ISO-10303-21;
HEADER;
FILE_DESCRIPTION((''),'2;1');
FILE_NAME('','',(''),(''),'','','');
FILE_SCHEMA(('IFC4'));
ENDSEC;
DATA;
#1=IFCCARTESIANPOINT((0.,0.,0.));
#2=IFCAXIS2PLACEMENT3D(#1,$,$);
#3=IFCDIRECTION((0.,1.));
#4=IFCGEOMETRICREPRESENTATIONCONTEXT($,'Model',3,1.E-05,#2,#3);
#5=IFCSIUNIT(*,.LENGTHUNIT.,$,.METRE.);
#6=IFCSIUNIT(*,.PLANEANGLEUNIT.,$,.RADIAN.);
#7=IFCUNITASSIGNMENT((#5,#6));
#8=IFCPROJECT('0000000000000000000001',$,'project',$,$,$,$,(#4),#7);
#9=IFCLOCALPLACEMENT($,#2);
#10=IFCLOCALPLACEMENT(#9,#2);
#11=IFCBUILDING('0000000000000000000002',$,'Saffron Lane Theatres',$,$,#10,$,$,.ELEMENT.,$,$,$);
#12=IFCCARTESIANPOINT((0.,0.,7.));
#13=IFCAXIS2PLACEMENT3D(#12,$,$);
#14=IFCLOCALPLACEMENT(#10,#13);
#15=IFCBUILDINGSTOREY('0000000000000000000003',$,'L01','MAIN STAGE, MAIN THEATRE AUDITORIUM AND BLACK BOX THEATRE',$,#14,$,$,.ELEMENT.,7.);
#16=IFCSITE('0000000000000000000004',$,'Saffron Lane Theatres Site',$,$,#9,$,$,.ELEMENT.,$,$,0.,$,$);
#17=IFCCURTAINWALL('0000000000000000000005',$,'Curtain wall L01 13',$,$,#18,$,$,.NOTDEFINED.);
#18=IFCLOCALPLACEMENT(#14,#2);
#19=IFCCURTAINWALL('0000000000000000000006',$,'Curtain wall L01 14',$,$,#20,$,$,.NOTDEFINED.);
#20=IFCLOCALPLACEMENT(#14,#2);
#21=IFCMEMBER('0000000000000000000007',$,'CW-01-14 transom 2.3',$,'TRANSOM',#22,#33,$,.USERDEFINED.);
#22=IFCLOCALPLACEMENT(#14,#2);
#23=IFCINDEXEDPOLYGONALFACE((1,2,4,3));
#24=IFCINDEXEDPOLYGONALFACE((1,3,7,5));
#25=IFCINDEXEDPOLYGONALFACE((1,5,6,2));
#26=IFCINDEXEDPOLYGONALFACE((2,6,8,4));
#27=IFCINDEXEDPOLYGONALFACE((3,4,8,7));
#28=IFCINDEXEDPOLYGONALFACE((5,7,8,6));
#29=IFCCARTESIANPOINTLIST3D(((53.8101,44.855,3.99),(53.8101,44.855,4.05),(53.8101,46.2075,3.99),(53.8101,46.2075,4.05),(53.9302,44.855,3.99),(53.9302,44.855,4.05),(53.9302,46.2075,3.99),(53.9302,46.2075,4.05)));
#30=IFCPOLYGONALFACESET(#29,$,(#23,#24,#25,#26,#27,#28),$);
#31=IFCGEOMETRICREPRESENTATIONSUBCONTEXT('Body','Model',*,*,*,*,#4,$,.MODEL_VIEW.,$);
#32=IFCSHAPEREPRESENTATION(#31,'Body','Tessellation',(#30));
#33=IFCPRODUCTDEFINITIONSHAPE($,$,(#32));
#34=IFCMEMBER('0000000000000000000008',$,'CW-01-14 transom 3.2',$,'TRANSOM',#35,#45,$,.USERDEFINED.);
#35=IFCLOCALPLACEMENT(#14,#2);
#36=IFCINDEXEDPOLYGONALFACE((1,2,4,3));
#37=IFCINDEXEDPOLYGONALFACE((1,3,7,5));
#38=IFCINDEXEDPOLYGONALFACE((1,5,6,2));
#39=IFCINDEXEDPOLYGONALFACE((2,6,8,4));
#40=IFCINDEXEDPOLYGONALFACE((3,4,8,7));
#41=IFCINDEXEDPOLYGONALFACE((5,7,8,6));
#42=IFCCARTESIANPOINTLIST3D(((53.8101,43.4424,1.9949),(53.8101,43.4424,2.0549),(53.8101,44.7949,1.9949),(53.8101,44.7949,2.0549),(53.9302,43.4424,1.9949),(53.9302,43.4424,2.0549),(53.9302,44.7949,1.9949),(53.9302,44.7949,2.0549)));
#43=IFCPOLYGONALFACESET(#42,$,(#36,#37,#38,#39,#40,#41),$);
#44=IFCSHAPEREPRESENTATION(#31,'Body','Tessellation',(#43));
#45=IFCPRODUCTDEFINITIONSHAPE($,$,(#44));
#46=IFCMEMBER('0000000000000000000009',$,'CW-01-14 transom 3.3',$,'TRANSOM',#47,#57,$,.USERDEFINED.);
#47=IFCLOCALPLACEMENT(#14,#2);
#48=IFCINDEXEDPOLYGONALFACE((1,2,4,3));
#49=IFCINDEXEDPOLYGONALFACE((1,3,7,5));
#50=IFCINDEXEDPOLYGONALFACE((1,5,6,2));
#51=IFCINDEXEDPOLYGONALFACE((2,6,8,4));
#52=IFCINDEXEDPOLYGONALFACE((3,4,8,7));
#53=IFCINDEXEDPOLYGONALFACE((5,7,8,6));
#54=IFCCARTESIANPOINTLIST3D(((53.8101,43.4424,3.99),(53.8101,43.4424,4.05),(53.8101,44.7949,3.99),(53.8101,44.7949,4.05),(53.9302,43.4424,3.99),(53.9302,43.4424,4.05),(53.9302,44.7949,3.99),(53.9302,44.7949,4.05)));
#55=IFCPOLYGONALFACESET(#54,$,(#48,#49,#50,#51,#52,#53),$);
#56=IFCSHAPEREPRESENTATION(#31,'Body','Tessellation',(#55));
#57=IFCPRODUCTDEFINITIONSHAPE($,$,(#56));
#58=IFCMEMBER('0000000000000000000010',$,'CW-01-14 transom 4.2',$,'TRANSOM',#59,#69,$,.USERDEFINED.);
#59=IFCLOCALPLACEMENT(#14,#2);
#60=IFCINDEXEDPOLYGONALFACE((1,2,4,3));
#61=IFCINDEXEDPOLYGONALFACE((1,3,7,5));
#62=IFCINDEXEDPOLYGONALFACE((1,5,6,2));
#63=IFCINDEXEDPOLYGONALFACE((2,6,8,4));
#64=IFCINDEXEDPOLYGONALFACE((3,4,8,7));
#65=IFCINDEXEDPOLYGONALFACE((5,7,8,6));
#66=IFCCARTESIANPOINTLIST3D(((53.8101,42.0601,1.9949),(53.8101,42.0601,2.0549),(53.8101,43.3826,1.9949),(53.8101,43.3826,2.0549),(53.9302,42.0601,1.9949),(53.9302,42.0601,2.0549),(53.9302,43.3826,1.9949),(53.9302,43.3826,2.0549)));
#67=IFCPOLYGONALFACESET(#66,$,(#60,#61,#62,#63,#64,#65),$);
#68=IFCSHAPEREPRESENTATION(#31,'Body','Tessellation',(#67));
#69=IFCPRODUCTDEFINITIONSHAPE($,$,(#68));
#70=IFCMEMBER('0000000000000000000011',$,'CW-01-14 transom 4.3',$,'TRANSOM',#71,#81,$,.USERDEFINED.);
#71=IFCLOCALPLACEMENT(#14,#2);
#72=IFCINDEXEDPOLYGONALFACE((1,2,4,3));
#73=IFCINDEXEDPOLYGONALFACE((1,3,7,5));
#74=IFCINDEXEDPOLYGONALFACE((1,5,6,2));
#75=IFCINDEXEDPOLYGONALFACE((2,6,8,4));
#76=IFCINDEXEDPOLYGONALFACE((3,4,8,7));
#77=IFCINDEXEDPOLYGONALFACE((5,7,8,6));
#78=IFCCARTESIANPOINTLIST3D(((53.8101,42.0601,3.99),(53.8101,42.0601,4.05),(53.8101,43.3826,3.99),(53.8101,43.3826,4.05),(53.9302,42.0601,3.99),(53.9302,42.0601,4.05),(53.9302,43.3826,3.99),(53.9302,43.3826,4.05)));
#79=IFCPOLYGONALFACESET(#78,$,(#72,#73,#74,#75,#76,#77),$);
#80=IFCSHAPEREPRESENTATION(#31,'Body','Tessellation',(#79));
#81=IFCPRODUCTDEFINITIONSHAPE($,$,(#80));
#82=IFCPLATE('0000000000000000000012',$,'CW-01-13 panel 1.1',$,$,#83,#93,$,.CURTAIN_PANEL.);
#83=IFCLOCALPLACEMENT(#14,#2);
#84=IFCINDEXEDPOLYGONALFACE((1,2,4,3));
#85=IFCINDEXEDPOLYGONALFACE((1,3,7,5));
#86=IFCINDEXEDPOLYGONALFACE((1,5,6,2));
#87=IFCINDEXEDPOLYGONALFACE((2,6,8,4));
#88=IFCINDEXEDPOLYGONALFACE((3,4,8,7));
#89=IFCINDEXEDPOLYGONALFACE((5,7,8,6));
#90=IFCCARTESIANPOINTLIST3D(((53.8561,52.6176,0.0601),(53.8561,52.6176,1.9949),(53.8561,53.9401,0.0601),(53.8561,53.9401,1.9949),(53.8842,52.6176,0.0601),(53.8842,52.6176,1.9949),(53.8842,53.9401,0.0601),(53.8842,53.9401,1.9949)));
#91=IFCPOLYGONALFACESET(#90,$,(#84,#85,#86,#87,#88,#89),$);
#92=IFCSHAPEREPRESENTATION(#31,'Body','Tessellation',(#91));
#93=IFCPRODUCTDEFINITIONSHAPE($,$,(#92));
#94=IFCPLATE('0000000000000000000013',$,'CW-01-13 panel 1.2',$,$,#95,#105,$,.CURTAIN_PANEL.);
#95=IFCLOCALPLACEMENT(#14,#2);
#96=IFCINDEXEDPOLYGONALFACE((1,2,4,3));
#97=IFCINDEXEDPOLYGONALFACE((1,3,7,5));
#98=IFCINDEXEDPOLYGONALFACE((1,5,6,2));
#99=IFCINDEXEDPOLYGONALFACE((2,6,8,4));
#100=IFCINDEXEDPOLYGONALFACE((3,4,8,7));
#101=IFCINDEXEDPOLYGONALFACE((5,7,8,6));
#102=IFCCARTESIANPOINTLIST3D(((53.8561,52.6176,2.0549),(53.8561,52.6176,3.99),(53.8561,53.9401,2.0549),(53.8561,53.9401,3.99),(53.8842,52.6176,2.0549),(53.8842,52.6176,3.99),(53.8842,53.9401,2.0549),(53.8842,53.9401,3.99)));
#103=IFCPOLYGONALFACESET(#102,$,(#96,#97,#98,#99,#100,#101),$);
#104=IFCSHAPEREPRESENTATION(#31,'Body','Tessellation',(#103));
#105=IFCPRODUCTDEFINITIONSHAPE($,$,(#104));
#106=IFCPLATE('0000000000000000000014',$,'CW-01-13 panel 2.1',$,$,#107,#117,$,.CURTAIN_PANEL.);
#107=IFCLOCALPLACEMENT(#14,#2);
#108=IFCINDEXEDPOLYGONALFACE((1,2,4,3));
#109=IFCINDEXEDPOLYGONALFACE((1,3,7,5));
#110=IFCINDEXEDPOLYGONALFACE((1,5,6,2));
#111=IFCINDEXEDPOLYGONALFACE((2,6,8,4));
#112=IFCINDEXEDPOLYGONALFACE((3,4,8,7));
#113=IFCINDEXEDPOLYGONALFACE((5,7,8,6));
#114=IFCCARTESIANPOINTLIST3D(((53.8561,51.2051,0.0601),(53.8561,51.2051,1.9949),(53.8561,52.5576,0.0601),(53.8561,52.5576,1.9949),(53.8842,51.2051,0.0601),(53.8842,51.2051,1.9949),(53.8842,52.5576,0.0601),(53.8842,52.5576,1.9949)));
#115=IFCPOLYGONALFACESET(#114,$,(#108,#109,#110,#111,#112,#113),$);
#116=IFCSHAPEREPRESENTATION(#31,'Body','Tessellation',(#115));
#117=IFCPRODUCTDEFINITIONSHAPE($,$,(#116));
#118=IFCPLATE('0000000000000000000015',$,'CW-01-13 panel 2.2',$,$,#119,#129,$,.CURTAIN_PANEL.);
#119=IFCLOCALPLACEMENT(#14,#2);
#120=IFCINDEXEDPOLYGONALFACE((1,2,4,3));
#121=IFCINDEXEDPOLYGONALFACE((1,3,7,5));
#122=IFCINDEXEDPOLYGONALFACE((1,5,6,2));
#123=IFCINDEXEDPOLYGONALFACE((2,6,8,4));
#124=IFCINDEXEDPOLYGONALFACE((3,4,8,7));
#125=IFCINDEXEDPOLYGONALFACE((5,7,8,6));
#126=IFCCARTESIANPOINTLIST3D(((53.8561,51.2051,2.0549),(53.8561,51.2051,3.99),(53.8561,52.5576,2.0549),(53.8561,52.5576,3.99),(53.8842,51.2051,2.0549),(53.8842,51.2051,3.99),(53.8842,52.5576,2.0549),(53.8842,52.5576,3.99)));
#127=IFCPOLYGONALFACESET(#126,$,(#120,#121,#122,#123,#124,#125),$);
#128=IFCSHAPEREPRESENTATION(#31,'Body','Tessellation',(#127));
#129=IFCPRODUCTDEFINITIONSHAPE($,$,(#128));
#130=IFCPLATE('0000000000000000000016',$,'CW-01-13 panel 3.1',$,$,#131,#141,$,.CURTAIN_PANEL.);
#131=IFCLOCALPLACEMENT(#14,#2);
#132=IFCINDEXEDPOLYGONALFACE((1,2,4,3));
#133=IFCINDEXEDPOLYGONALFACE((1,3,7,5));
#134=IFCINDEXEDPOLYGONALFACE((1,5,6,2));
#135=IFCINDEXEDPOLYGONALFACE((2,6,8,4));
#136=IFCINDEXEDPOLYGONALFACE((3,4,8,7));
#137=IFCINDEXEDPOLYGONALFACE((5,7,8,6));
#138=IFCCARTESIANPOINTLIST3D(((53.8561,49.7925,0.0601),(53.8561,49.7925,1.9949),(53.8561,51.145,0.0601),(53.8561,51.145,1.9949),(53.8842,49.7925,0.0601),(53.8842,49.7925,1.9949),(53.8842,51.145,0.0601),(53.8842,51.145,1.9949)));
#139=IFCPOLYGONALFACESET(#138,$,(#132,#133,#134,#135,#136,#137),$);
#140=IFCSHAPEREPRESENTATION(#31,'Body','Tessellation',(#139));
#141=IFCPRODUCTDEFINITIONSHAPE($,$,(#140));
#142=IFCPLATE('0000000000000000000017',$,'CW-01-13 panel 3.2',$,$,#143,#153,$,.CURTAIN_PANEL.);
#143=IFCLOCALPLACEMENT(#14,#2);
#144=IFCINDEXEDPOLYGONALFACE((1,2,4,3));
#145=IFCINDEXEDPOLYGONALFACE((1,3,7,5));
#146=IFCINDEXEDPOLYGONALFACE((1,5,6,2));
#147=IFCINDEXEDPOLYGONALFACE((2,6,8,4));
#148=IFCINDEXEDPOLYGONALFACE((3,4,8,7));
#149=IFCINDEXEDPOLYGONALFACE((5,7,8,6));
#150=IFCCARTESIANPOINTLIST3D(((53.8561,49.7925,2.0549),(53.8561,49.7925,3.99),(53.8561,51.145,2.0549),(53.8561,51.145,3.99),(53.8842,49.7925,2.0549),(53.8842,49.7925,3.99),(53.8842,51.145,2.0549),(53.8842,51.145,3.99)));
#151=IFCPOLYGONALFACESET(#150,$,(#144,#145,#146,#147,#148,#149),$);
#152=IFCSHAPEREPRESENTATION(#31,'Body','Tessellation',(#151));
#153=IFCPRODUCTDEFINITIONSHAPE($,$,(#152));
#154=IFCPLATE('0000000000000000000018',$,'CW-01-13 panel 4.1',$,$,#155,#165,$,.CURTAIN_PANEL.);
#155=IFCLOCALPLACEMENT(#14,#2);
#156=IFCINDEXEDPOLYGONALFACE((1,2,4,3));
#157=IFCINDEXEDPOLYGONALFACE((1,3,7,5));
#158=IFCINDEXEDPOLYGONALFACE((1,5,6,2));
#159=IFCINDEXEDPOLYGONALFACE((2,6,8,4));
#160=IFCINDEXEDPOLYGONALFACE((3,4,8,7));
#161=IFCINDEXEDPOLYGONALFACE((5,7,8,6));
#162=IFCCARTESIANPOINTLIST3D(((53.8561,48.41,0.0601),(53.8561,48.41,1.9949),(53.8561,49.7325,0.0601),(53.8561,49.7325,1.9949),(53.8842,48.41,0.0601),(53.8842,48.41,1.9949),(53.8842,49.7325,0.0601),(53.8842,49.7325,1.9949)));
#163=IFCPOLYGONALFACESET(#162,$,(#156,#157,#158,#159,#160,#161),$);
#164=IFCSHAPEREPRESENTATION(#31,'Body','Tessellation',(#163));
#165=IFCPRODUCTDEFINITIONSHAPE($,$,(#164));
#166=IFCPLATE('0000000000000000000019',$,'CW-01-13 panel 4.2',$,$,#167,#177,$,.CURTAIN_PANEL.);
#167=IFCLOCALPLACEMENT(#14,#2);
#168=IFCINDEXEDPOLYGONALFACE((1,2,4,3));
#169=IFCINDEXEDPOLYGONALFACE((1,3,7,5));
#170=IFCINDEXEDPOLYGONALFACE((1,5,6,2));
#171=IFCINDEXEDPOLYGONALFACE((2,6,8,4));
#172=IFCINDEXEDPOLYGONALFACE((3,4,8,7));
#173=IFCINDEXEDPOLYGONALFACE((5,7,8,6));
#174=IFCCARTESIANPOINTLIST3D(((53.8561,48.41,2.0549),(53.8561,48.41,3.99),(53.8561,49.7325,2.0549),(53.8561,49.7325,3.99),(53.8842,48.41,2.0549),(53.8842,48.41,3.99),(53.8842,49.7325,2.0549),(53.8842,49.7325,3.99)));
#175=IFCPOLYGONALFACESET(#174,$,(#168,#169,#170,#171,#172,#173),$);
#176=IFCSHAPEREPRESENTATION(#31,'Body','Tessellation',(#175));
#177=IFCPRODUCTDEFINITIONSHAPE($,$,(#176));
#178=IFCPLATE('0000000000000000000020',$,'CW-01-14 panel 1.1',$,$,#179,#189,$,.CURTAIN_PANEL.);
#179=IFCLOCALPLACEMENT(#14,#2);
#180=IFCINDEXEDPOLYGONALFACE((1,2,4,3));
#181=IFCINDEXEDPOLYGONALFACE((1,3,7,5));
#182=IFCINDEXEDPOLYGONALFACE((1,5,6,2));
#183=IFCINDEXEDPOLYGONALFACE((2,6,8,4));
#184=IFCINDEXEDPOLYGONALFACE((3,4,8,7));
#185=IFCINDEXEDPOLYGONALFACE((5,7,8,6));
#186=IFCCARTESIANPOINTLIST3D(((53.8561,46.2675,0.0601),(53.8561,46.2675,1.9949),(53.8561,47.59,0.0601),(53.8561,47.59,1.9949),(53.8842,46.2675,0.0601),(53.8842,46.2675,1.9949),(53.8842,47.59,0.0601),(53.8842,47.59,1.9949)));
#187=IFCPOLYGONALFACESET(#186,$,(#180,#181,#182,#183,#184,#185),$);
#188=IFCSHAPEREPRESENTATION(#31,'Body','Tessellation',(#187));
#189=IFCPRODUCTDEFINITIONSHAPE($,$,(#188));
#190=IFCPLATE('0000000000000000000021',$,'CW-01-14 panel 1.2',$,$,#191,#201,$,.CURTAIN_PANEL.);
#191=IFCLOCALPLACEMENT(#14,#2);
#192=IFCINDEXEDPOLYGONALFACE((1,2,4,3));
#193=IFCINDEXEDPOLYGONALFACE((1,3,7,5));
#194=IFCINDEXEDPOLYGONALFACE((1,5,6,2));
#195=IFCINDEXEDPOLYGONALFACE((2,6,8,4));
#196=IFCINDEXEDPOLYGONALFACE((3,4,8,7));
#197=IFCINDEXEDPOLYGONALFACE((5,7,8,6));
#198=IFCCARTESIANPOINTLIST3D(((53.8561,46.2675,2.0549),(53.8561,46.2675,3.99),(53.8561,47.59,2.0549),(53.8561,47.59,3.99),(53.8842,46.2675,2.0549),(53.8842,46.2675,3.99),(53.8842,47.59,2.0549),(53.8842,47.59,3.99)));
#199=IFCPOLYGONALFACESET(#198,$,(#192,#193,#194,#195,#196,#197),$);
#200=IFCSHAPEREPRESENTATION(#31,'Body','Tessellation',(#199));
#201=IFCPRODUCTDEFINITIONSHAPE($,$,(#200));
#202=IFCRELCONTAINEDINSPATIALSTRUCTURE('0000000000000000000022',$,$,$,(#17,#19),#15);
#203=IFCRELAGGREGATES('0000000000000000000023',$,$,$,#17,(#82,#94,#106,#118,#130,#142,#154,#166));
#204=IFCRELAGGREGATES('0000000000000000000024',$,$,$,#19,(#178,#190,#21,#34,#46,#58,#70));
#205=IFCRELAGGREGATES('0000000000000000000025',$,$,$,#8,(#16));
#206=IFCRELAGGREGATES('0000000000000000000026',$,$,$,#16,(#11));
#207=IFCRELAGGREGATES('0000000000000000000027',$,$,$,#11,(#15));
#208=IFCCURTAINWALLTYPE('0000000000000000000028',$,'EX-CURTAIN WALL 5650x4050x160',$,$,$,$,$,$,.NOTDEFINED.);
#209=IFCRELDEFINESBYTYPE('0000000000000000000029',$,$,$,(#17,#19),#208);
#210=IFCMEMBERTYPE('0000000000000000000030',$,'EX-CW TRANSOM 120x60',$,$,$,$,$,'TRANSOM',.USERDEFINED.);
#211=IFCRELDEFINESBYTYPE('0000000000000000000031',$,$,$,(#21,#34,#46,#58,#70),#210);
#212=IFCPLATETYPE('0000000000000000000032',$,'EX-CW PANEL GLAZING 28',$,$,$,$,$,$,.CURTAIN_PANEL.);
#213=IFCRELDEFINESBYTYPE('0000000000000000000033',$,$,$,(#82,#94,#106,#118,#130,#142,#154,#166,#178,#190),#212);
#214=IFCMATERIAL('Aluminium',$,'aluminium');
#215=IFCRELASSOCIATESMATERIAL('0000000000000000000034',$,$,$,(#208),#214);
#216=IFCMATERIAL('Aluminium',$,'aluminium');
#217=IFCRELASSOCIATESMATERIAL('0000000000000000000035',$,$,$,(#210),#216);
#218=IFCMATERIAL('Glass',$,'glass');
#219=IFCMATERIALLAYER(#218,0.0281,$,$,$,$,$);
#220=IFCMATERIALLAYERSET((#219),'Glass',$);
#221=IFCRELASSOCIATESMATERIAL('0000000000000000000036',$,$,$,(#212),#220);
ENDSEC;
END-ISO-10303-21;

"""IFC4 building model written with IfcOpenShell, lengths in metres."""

from ifc_helpers import new_model, si_unit, direction, frame, origin, origin_2d, place, context, subcontext, project, spatial, rectangle, extrude, material, layer, layer_set, material_profile, profile_set, type_object, element, aggregate, save


model = new_model("IFC4")

# Units and contexts
model_context = context("Model", 3, precision=1e-05, world=origin(), true_north=direction((0.0, 1.0)))
body_context = subcontext(model_context, "Body", "Model", "MODEL_VIEW")
ifc_project = project(units=[si_unit("LENGTHUNIT", "METRE"), si_unit("PLANEANGLEUNIT", "RADIAN")], contexts=[model_context])

# Site, building, storey
site_placement = place(None, origin())
site = spatial("IfcSite", under=ifc_project, at=site_placement, Name="Saffron Lane Theatres Site", CompositionType="ELEMENT", RefElevation=0.0)
building_placement = place(site_placement, origin())
building = spatial("IfcBuilding", under=site, at=building_placement, Name="Saffron Lane Theatres", CompositionType="ELEMENT")
storey_placement = place(building_placement, frame((0.0, 0.0, 7.0)))
storey = spatial("IfcBuildingStorey", under=building, at=storey_placement, Name="L01", Description="MAIN STAGE, MAIN THEATRE AUDITORIUM AND BLACK BOX THEATRE", CompositionType="ELEMENT", Elevation=7.0)

# Curtain walls, members
ifc_material_1 = material(Name="Aluminium", Category="aluminium")
curtain_wall_type = type_object("IfcCurtainWallType", Name="EX-CURTAIN WALL 5650x4050x160", PredefinedType="NOTDEFINED", material=ifc_material_1)
curtain_wall_1_placement = place(storey_placement, origin())
curtain_wall_1 = element("IfcCurtainWall", 1, at=curtain_wall_1_placement, inside=storey, type_object=curtain_wall_type, Name="Curtain wall L01 13", PredefinedType="NOTDEFINED")
ifc_material_2 = material(Name="Aluminium", Category="aluminium")
ifc_material_profile_1 = material_profile(ifc_material_2, rectangle(XDim=0.1201, YDim=0.0601, at=origin_2d()))
ifc_profile_set_1 = profile_set([ifc_material_profile_1], Name="Aluminium")
member_type = type_object("IfcMemberType", Name="EX-CW TRANSOM 120x60", ElementType="TRANSOM", PredefinedType="USERDEFINED", material=ifc_profile_set_1)
curtain_wall_2_placement = place(storey_placement, origin())
curtain_wall_2 = element("IfcCurtainWall", 2, at=curtain_wall_2_placement, inside=storey, type_object=curtain_wall_type, Name="Curtain wall L01 14", PredefinedType="NOTDEFINED")
member_1_placement = place(storey_placement, frame((53.8701, 46.2075, 4.02), z_axis=(0.0, -1.0, 0.0), x_axis=(1.0, 0.0, 0.0)))
member_1 = element("IfcMember", 3, at=member_1_placement, type_object=member_type, Name="CW-01-14 transom 2.3", ObjectType="TRANSOM", PredefinedType="USERDEFINED", context=body_context, shape_type="SweptSolid", body=[
    extrude(rectangle(XDim=0.1201, YDim=0.0601, at=origin_2d()), origin(), (0.0, 0.0, 1.0), 1.3525),
])
member_2_placement = place(storey_placement, frame((53.8701, 44.7949, 2.0249), z_axis=(0.0, -1.0, 0.0), x_axis=(1.0, 0.0, 0.0)))
member_2 = element("IfcMember", 4, at=member_2_placement, type_object=member_type, Name="CW-01-14 transom 3.2", ObjectType="TRANSOM", PredefinedType="USERDEFINED", context=body_context, shape_type="SweptSolid", body=[
    extrude(rectangle(XDim=0.1201, YDim=0.0601, at=origin_2d()), origin(), (0.0, 0.0, 1.0), 1.3525),
])
member_3_placement = place(storey_placement, frame((53.8701, 44.7949, 4.02), z_axis=(0.0, -1.0, 0.0), x_axis=(1.0, 0.0, 0.0)))
member_3 = element("IfcMember", 5, at=member_3_placement, type_object=member_type, Name="CW-01-14 transom 3.3", ObjectType="TRANSOM", PredefinedType="USERDEFINED", context=body_context, shape_type="SweptSolid", body=[
    extrude(rectangle(XDim=0.1201, YDim=0.0601, at=origin_2d()), origin(), (0.0, 0.0, 1.0), 1.3525),
])
member_4_placement = place(storey_placement, frame((53.8701, 43.3826, 2.0249), z_axis=(0.0, -1.0, 0.0), x_axis=(1.0, 0.0, 0.0)))
member_4 = element("IfcMember", 6, at=member_4_placement, type_object=member_type, Name="CW-01-14 transom 4.2", ObjectType="TRANSOM", PredefinedType="USERDEFINED", context=body_context, shape_type="SweptSolid", body=[
    extrude(rectangle(XDim=0.1201, YDim=0.0601, at=origin_2d()), origin(), (0.0, 0.0, 1.0), 1.3225),
])
member_5_placement = place(storey_placement, frame((53.8701, 43.3826, 4.02), z_axis=(0.0, -1.0, 0.0), x_axis=(1.0, 0.0, 0.0)))
member_5 = element("IfcMember", 7, at=member_5_placement, type_object=member_type, Name="CW-01-14 transom 4.3", ObjectType="TRANSOM", PredefinedType="USERDEFINED", context=body_context, shape_type="SweptSolid", body=[
    extrude(rectangle(XDim=0.1201, YDim=0.0601, at=origin_2d()), origin(), (0.0, 0.0, 1.0), 1.3225),
])

# Plates
ifc_material_3 = material(Name="Glass", Category="glass")
ifc_layer_1 = layer(ifc_material_3, 0.0281)
ifc_layer_set_1 = layer_set([ifc_layer_1], Name="Glass")
plate_type = type_object("IfcPlateType", Name="EX-CW PANEL GLAZING 28", PredefinedType="CURTAIN_PANEL", material=ifc_layer_set_1)
plate_1_placement = place(storey_placement, frame((53.8701, 53.2788, 0.0601), z_axis=(0.0, 0.0, 1.0), x_axis=(0.0, -1.0, 0.0)))
plate_1 = element("IfcPlate", 8, at=plate_1_placement, type_object=plate_type, Name="CW-01-13 panel 1.1", PredefinedType="CURTAIN_PANEL", context=body_context, shape_type="SweptSolid", body=[
    extrude(rectangle(XDim=1.3225, YDim=0.0281, at=origin_2d()), origin(), (0.0, 0.0, 1.0), 1.9348),
])
plate_2_placement = place(storey_placement, frame((53.8701, 53.2788, 2.0549), z_axis=(0.0, 0.0, 1.0), x_axis=(0.0, -1.0, 0.0)))
plate_2 = element("IfcPlate", 9, at=plate_2_placement, type_object=plate_type, Name="CW-01-13 panel 1.2", PredefinedType="CURTAIN_PANEL", context=body_context, shape_type="SweptSolid", body=[
    extrude(rectangle(XDim=1.3225, YDim=0.0281, at=origin_2d()), origin(), (0.0, 0.0, 1.0), 1.9351),
])
plate_3_placement = place(storey_placement, frame((53.8701, 51.8813, 0.0601), z_axis=(0.0, 0.0, 1.0), x_axis=(0.0, -1.0, 0.0)))
plate_3 = element("IfcPlate", 10, at=plate_3_placement, type_object=plate_type, Name="CW-01-13 panel 2.1", PredefinedType="CURTAIN_PANEL", context=body_context, shape_type="SweptSolid", body=[
    extrude(rectangle(XDim=1.3525, YDim=0.0281, at=origin_2d()), origin(), (0.0, 0.0, 1.0), 1.9348),
])
plate_4_placement = place(storey_placement, frame((53.8701, 51.8813, 2.0549), z_axis=(0.0, 0.0, 1.0), x_axis=(0.0, -1.0, 0.0)))
plate_4 = element("IfcPlate", 11, at=plate_4_placement, type_object=plate_type, Name="CW-01-13 panel 2.2", PredefinedType="CURTAIN_PANEL", context=body_context, shape_type="SweptSolid", body=[
    extrude(rectangle(XDim=1.3525, YDim=0.0281, at=origin_2d()), origin(), (0.0, 0.0, 1.0), 1.9351),
])
plate_5_placement = place(storey_placement, frame((53.8701, 50.4688, 0.0601), z_axis=(0.0, 0.0, 1.0), x_axis=(0.0, -1.0, 0.0)))
plate_5 = element("IfcPlate", 12, at=plate_5_placement, type_object=plate_type, Name="CW-01-13 panel 3.1", PredefinedType="CURTAIN_PANEL", context=body_context, shape_type="SweptSolid", body=[
    extrude(rectangle(XDim=1.3525, YDim=0.0281, at=origin_2d()), origin(), (0.0, 0.0, 1.0), 1.9348),
])
plate_6_placement = place(storey_placement, frame((53.8701, 50.4688, 2.0549), z_axis=(0.0, 0.0, 1.0), x_axis=(0.0, -1.0, 0.0)))
plate_6 = element("IfcPlate", 13, at=plate_6_placement, type_object=plate_type, Name="CW-01-13 panel 3.2", PredefinedType="CURTAIN_PANEL", context=body_context, shape_type="SweptSolid", body=[
    extrude(rectangle(XDim=1.3525, YDim=0.0281, at=origin_2d()), origin(), (0.0, 0.0, 1.0), 1.9351),
])
plate_7_placement = place(storey_placement, frame((53.8701, 49.0713, 0.0601), z_axis=(0.0, 0.0, 1.0), x_axis=(0.0, -1.0, 0.0)))
plate_7 = element("IfcPlate", 14, at=plate_7_placement, type_object=plate_type, Name="CW-01-13 panel 4.1", PredefinedType="CURTAIN_PANEL", context=body_context, shape_type="SweptSolid", body=[
    extrude(rectangle(XDim=1.3225, YDim=0.0281, at=origin_2d()), origin(), (0.0, 0.0, 1.0), 1.9348),
])
plate_8_placement = place(storey_placement, frame((53.8701, 49.0713, 2.0549), z_axis=(0.0, 0.0, 1.0), x_axis=(0.0, -1.0, 0.0)))
plate_8 = element("IfcPlate", 15, at=plate_8_placement, type_object=plate_type, Name="CW-01-13 panel 4.2", PredefinedType="CURTAIN_PANEL", context=body_context, shape_type="SweptSolid", body=[
    extrude(rectangle(XDim=1.3225, YDim=0.0281, at=origin_2d()), origin(), (0.0, 0.0, 1.0), 1.9351),
])
aggregate(curtain_wall_1, [plate_1, plate_2, plate_3, plate_4, plate_5, plate_6, plate_7, plate_8])
plate_9_placement = place(storey_placement, frame((53.8701, 46.9287, 0.0601), z_axis=(0.0, 0.0, 1.0), x_axis=(0.0, -1.0, 0.0)))
plate_9 = element("IfcPlate", 16, at=plate_9_placement, type_object=plate_type, Name="CW-01-14 panel 1.1", PredefinedType="CURTAIN_PANEL", context=body_context, shape_type="SweptSolid", body=[
    extrude(rectangle(XDim=1.3225, YDim=0.0281, at=origin_2d()), origin(), (0.0, 0.0, 1.0), 1.9348),
])
plate_10_placement = place(storey_placement, frame((53.8701, 46.9287, 2.0549), z_axis=(0.0, 0.0, 1.0), x_axis=(0.0, -1.0, 0.0)))
plate_10 = element("IfcPlate", 17, at=plate_10_placement, type_object=plate_type, Name="CW-01-14 panel 1.2", PredefinedType="CURTAIN_PANEL", context=body_context, shape_type="SweptSolid", body=[
    extrude(rectangle(XDim=1.3225, YDim=0.0281, at=origin_2d()), origin(), (0.0, 0.0, 1.0), 1.9351),
])
aggregate(curtain_wall_2, [plate_9, plate_10, member_1, member_2, member_3, member_4, member_5])

save(model, "model.ifc")
